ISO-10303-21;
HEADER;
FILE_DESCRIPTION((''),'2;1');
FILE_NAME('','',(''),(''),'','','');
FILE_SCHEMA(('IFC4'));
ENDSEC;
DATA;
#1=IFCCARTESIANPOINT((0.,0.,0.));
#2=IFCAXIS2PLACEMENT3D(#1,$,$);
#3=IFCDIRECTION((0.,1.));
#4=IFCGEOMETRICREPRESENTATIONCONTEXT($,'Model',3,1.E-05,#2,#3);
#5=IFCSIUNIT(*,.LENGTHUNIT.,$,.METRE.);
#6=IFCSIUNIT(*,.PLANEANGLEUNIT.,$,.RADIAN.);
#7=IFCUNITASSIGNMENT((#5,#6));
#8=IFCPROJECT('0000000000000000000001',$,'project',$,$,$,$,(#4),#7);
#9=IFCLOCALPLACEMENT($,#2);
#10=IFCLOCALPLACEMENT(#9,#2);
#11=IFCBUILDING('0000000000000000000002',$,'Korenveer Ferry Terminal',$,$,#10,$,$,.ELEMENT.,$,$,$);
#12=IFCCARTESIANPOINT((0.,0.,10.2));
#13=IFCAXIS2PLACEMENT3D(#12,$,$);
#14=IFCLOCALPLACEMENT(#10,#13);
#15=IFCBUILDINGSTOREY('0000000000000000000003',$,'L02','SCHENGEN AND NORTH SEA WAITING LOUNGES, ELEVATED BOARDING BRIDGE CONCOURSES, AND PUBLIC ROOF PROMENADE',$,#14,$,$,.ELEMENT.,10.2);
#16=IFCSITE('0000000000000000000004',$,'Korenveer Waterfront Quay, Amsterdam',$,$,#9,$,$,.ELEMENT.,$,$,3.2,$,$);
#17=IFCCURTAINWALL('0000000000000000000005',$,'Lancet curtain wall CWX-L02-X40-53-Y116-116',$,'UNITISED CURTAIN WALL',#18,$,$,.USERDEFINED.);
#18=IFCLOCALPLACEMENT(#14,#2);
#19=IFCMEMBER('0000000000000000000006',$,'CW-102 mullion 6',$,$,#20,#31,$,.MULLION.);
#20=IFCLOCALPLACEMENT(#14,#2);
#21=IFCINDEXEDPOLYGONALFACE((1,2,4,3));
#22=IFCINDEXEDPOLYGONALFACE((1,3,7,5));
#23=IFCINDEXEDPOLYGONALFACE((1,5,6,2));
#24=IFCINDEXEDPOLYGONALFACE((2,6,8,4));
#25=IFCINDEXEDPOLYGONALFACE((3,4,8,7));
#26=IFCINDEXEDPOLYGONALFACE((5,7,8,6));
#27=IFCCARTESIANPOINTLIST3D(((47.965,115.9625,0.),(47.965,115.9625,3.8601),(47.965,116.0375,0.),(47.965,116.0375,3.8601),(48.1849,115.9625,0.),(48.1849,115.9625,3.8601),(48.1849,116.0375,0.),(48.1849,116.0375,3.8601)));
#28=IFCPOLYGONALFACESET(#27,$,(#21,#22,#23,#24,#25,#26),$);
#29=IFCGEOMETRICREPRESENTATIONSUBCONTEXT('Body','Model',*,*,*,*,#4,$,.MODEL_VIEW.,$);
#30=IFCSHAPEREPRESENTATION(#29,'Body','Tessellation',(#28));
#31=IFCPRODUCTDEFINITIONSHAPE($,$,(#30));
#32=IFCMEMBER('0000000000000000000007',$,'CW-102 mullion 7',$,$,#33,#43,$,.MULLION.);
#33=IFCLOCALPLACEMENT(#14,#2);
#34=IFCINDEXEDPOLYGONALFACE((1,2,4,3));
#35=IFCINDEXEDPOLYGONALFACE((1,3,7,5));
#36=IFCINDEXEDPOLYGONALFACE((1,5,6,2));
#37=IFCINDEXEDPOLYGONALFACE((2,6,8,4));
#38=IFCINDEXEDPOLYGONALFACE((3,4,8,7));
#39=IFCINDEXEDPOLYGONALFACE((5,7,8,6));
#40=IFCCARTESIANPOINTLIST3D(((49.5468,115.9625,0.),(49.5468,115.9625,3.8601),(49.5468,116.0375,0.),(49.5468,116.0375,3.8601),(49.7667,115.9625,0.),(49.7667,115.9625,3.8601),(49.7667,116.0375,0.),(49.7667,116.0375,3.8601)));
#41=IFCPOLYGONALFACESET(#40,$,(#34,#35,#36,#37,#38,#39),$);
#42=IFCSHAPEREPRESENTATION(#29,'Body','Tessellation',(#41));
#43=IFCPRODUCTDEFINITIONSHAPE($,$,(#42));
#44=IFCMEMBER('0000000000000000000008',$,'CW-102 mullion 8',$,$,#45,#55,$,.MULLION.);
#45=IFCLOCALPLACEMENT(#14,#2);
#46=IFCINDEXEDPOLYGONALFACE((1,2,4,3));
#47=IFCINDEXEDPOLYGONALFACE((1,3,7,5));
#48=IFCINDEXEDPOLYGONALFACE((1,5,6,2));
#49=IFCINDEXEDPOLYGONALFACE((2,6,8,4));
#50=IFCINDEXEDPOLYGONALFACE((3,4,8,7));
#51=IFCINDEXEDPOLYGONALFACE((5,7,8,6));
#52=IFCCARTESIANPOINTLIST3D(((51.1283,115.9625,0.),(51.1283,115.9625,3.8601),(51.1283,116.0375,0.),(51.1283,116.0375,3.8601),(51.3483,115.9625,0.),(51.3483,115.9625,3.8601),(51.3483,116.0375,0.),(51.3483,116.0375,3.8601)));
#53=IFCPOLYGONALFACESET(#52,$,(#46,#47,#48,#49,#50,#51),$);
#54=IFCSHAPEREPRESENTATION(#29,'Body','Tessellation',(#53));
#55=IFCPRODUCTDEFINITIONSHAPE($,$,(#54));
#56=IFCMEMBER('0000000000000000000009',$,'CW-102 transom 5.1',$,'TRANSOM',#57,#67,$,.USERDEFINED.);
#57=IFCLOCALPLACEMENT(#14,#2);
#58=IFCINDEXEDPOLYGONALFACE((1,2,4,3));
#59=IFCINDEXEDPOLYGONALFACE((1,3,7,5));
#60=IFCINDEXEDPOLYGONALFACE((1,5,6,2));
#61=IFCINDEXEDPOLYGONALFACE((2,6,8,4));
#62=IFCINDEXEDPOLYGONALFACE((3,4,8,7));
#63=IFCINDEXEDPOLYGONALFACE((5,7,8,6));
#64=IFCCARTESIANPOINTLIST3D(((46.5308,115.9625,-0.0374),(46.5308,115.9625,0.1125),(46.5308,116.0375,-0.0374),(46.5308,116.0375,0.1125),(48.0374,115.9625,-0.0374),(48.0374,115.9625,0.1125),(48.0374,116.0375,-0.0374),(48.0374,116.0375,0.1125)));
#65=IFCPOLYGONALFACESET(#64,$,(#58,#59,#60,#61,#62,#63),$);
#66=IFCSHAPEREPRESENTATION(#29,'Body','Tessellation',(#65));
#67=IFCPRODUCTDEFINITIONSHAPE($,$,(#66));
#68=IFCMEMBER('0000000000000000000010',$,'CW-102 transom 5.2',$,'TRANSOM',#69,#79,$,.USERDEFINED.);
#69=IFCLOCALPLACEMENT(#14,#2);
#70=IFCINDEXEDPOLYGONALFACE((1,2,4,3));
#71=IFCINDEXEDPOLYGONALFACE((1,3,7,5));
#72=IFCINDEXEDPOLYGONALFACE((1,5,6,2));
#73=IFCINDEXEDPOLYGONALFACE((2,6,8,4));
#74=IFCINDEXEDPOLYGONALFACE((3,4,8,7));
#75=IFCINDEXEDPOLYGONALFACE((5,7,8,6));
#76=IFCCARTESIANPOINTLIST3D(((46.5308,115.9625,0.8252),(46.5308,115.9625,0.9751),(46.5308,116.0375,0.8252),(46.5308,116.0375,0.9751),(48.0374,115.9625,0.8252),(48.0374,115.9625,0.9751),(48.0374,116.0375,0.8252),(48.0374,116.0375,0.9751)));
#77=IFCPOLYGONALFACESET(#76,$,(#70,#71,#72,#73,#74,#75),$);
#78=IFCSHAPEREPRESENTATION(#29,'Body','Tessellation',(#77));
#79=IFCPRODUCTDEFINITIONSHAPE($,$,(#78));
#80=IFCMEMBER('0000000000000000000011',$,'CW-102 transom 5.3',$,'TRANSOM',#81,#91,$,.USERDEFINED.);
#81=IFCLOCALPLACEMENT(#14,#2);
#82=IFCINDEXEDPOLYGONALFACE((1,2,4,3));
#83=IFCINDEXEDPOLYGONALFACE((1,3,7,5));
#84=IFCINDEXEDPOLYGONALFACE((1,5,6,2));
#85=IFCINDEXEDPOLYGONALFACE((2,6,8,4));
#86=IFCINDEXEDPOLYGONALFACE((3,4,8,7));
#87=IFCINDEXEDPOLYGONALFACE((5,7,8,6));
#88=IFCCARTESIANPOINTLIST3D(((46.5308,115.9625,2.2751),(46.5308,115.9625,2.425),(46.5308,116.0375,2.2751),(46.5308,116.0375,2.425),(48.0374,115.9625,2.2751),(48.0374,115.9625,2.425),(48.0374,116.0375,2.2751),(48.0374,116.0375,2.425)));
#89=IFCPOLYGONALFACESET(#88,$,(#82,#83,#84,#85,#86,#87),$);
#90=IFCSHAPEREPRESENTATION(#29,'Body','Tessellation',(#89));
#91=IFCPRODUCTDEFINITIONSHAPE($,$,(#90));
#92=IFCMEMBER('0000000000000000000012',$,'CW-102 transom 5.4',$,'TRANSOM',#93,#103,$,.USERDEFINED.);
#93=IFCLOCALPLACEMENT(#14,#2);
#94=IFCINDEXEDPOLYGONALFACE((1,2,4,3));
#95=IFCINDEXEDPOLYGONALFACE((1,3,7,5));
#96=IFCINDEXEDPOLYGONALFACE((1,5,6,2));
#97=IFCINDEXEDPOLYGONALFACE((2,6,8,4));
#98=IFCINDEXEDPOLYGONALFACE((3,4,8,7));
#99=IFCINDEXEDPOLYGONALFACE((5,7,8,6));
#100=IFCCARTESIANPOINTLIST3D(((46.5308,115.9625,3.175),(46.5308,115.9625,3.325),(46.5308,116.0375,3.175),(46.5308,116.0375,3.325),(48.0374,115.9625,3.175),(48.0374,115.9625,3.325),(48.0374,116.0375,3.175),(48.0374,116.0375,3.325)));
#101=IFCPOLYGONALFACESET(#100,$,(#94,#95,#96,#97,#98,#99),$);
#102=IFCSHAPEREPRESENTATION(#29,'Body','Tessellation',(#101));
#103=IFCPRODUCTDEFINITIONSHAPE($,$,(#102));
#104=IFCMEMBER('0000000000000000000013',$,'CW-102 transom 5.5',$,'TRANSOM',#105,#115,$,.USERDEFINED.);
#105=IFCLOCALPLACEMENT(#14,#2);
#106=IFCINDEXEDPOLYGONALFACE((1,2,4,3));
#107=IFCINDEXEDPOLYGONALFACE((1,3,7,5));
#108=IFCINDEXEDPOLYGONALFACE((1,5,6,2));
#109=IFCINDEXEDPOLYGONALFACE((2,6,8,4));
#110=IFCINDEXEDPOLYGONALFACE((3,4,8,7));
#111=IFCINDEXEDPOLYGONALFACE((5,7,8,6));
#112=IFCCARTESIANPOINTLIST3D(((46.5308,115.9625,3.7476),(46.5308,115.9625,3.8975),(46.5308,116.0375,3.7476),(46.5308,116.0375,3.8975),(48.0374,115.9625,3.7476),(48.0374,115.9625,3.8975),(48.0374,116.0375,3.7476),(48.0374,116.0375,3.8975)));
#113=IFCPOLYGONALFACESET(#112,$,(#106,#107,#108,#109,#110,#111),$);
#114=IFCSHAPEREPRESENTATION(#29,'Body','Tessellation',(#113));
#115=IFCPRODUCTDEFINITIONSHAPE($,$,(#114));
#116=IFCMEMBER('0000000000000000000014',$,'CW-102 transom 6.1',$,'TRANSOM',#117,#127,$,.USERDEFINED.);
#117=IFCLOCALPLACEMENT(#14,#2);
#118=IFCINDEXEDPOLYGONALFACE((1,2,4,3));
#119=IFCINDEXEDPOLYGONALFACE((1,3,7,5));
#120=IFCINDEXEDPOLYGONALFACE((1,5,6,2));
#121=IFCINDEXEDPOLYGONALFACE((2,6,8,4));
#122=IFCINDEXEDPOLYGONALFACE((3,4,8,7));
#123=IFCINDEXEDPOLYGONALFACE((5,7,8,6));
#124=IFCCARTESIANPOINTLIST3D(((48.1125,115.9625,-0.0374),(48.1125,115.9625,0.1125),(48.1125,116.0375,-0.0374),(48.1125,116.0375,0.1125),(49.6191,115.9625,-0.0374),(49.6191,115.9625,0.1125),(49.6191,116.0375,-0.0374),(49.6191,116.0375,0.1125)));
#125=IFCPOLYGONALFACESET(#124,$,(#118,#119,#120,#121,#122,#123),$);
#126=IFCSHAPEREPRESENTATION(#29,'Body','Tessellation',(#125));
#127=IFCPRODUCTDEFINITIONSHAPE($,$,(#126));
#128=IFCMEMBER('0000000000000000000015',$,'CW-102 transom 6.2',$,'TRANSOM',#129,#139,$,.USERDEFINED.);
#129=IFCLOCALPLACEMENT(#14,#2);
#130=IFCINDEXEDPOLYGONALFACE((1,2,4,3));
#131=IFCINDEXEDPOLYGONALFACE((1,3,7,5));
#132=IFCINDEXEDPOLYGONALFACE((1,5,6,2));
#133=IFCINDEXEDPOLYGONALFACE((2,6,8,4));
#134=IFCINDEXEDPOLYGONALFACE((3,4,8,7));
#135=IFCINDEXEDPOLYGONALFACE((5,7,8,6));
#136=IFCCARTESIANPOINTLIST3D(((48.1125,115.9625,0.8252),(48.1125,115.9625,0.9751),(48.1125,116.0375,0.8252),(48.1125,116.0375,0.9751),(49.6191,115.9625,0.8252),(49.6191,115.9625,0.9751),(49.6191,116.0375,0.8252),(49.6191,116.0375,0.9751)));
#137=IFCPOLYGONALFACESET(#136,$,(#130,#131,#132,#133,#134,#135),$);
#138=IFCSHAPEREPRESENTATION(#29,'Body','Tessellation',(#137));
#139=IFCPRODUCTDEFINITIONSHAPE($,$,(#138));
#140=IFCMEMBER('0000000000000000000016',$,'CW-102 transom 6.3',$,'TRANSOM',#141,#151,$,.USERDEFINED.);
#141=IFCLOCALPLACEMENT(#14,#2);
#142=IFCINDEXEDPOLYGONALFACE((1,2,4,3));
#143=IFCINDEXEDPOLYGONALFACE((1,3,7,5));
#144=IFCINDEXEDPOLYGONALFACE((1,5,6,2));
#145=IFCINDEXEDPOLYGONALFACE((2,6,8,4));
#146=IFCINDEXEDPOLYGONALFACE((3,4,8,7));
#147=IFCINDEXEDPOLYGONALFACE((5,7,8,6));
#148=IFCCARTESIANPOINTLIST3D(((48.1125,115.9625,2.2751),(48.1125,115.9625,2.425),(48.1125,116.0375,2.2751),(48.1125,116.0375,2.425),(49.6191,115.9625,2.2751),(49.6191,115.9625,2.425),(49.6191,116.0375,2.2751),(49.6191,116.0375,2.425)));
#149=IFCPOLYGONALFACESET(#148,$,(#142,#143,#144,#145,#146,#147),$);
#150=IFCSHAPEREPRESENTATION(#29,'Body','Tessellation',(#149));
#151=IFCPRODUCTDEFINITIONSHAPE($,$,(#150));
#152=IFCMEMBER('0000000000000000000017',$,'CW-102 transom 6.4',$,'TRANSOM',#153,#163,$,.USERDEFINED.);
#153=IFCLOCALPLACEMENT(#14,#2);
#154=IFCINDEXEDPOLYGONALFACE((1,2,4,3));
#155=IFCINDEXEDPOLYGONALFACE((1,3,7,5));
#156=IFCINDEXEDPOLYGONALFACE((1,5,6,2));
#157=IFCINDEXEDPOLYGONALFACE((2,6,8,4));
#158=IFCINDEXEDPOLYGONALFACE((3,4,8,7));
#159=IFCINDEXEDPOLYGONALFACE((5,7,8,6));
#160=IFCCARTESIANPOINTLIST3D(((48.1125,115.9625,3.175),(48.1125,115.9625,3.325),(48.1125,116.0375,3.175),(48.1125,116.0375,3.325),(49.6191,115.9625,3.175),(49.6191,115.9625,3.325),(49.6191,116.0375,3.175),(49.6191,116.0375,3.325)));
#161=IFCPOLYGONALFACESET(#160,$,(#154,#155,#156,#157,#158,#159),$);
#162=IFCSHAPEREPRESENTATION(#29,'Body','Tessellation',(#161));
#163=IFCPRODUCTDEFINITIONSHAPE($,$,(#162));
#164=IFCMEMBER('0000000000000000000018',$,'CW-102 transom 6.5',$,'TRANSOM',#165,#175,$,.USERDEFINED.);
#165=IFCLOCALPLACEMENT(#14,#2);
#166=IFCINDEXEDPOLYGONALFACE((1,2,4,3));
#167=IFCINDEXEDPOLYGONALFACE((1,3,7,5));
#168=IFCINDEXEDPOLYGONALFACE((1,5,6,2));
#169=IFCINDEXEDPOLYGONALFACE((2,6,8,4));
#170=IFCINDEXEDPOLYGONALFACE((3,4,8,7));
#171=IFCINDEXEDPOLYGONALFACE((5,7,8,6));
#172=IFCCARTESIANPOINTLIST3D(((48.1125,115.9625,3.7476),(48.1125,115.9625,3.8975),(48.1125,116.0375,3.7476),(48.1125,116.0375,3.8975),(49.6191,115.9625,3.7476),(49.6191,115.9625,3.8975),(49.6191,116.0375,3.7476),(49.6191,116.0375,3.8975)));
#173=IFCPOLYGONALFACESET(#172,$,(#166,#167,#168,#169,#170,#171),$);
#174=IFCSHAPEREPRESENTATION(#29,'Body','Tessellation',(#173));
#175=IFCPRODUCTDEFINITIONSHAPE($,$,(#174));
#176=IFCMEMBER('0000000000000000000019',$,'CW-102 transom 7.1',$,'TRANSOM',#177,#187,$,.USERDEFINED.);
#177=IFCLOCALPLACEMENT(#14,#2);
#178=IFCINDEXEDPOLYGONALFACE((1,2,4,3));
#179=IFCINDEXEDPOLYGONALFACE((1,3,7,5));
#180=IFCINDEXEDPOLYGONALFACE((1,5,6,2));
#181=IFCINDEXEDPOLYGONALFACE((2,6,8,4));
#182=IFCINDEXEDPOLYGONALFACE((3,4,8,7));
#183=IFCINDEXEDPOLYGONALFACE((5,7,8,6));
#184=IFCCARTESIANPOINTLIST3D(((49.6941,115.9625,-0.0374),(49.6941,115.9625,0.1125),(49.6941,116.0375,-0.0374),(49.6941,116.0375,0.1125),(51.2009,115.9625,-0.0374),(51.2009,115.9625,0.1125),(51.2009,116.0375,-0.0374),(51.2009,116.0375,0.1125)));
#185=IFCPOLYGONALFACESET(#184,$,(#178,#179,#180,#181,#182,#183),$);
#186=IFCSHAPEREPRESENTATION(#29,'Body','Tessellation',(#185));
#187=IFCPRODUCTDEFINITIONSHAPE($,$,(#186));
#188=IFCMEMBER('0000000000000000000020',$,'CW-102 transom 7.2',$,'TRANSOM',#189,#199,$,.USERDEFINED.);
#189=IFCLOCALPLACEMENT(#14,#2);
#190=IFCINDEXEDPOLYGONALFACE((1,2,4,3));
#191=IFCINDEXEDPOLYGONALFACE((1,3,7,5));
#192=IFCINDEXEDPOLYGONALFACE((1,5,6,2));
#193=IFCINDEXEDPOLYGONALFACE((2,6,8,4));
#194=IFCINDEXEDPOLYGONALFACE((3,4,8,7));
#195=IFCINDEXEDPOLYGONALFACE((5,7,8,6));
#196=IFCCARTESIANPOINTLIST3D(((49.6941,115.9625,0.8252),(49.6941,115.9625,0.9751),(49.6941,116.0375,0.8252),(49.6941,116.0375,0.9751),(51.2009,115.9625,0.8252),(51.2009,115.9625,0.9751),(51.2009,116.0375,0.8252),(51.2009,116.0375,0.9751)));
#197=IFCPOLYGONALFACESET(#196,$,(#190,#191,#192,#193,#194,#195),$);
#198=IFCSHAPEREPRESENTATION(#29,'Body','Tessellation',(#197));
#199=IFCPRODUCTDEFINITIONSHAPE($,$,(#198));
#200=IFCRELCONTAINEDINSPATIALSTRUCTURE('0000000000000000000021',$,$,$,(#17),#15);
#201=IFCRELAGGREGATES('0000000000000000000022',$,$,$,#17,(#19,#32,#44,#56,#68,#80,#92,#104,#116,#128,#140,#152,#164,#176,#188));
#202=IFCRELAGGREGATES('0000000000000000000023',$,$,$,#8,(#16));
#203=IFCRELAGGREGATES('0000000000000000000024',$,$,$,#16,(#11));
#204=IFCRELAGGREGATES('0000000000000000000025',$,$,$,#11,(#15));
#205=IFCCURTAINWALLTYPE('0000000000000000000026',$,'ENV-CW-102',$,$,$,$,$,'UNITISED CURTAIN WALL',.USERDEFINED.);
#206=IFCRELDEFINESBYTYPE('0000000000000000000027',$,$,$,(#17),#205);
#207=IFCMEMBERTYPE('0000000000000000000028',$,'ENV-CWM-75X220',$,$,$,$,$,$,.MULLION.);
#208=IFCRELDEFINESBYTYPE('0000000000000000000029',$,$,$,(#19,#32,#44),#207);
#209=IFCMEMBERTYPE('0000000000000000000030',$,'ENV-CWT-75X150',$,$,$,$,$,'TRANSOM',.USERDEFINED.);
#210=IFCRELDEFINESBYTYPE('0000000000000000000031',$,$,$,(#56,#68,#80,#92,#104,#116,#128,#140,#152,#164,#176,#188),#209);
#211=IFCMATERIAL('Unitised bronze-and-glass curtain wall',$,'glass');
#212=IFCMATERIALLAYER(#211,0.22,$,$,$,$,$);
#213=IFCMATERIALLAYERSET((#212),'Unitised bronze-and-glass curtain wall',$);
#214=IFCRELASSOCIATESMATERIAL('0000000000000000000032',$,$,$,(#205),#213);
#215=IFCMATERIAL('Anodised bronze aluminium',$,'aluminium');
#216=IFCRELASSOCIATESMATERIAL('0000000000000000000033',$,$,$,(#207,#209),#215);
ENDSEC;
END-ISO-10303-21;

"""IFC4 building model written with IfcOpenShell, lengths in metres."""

from ifc_helpers import new_model, si_unit, direction, frame, origin, origin_2d, place, context, subcontext, project, spatial, rectangle, extrude, material, layer, layer_set, material_profile, profile_set, type_object, element, aggregate, save


model = new_model("IFC4")

# Units and contexts
model_context = context("Model", 3, precision=1e-05, world=origin(), true_north=direction((0.0, 1.0)))
body_context = subcontext(model_context, "Body", "Model", "MODEL_VIEW")
ifc_project = project(units=[si_unit("LENGTHUNIT", "METRE"), si_unit("PLANEANGLEUNIT", "RADIAN")], contexts=[model_context])

# Site, building, storey
site_placement = place(None, origin())
site = spatial("IfcSite", under=ifc_project, at=site_placement, Name="Korenveer Waterfront Quay, Amsterdam", CompositionType="ELEMENT", RefElevation=3.2)
building_placement = place(site_placement, origin())
building = spatial("IfcBuilding", under=site, at=building_placement, Name="Korenveer Ferry Terminal", CompositionType="ELEMENT")
storey_placement = place(building_placement, frame((0.0, 0.0, 10.2)))
storey = spatial("IfcBuildingStorey", under=building, at=storey_placement, Name="L02", Description="SCHENGEN AND NORTH SEA WAITING LOUNGES, ELEVATED BOARDING BRIDGE CONCOURSES, AND PUBLIC ROOF PROMENADE", CompositionType="ELEMENT", Elevation=10.2)

# Curtain wall, members
ifc_material_1 = material(Name="Unitised bronze-and-glass curtain wall", Category="glass")
ifc_layer_1 = layer(ifc_material_1, 0.22)
ifc_layer_set_1 = layer_set([ifc_layer_1], Name="Unitised bronze-and-glass curtain wall")
curtain_wall_type = type_object("IfcCurtainWallType", Name="ENV-CW-102", ElementType="UNITISED CURTAIN WALL", PredefinedType="USERDEFINED", material=ifc_layer_set_1)
curtain_wall_placement = place(storey_placement, frame((40.1665, 116.0, 0.0)))
curtain_wall = element("IfcCurtainWall", 1, at=curtain_wall_placement, inside=storey, type_object=curtain_wall_type, Name="Lancet curtain wall CWX-L02-X40-53-Y116-116", ObjectType="UNITISED CURTAIN WALL", PredefinedType="USERDEFINED")
ifc_material_2 = material(Name="Anodised bronze aluminium", Category="aluminium")
ifc_material_profile_1 = material_profile(ifc_material_2, rectangle(XDim=0.075, YDim=0.22, at=origin_2d()), Name="ALU 75x220")
ifc_profile_set_1 = profile_set([ifc_material_profile_1], Name="Anodised bronze aluminium")
member_type_1 = type_object("IfcMemberType", Name="ENV-CWM-75X220", PredefinedType="MULLION", material=ifc_profile_set_1)
member_1_placement = place(storey_placement, frame((48.075, 116.0, 0.0), z_axis=(0.0, 0.0, 1.0), x_axis=(0.0, 1.0, 0.0)))
member_1 = element("IfcMember", 2, at=member_1_placement, type_object=member_type_1, Name="CW-102 mullion 6", PredefinedType="MULLION", context=body_context, shape_type="SweptSolid", body=[
    extrude(rectangle(XDim=0.075, YDim=0.22, at=origin_2d()), origin(), (0.0, 0.0, 1.0), 3.8601),
])
member_2_placement = place(storey_placement, frame((49.6567, 116.0, 0.0), z_axis=(0.0, 0.0, 1.0), x_axis=(0.0, 1.0, 0.0)))
member_2 = element("IfcMember", 3, at=member_2_placement, type_object=member_type_1, Name="CW-102 mullion 7", PredefinedType="MULLION", context=body_context, shape_type="SweptSolid", body=[
    extrude(rectangle(XDim=0.075, YDim=0.22, at=origin_2d()), origin(), (0.0, 0.0, 1.0), 3.8601),
])
member_3_placement = place(storey_placement, frame((51.2383, 116.0, 0.0), z_axis=(0.0, 0.0, 1.0), x_axis=(0.0, 1.0, 0.0)))
member_3 = element("IfcMember", 4, at=member_3_placement, type_object=member_type_1, Name="CW-102 mullion 8", PredefinedType="MULLION", context=body_context, shape_type="SweptSolid", body=[
    extrude(rectangle(XDim=0.075, YDim=0.22, at=origin_2d()), origin(), (0.0, 0.0, 1.0), 3.8601),
])
ifc_material_profile_2 = material_profile(ifc_material_2, rectangle(XDim=0.075, YDim=0.1499, at=origin_2d()), Name="ALU 75x150")
ifc_profile_set_2 = profile_set([ifc_material_profile_2], Name="Anodised bronze aluminium")
member_type_2 = type_object("IfcMemberType", Name="ENV-CWT-75X150", ElementType="TRANSOM", PredefinedType="USERDEFINED", material=ifc_profile_set_2)
member_4_placement = place(storey_placement, frame((46.5308, 116.0, 0.0376), z_axis=(1.0, 0.0, 0.0), x_axis=(0.0, 1.0, 0.0)))
member_4 = element("IfcMember", 5, at=member_4_placement, type_object=member_type_2, Name="CW-102 transom 5.1", ObjectType="TRANSOM", PredefinedType="USERDEFINED", context=body_context, shape_type="SweptSolid", body=[
    extrude(rectangle(XDim=0.075, YDim=0.1499, at=origin_2d()), origin(), (0.0, 0.0, 1.0), 1.5066),
])
member_5_placement = place(storey_placement, frame((46.5308, 116.0, 0.9001), z_axis=(1.0, 0.0, 0.0), x_axis=(0.0, 1.0, 0.0)))
member_5 = element("IfcMember", 6, at=member_5_placement, type_object=member_type_2, Name="CW-102 transom 5.2", ObjectType="TRANSOM", PredefinedType="USERDEFINED", context=body_context, shape_type="SweptSolid", body=[
    extrude(rectangle(XDim=0.075, YDim=0.1499, at=origin_2d()), origin(), (0.0, 0.0, 1.0), 1.5066),
])
member_6_placement = place(storey_placement, frame((46.5308, 116.0, 2.3501), z_axis=(1.0, 0.0, 0.0), x_axis=(0.0, 1.0, 0.0)))
member_6 = element("IfcMember", 7, at=member_6_placement, type_object=member_type_2, Name="CW-102 transom 5.3", ObjectType="TRANSOM", PredefinedType="USERDEFINED", context=body_context, shape_type="SweptSolid", body=[
    extrude(rectangle(XDim=0.075, YDim=0.1499, at=origin_2d()), origin(), (0.0, 0.0, 1.0), 1.5066),
])
member_7_placement = place(storey_placement, frame((46.5308, 116.0, 3.25), z_axis=(1.0, 0.0, 0.0), x_axis=(0.0, 1.0, 0.0)))
member_7 = element("IfcMember", 8, at=member_7_placement, type_object=member_type_2, Name="CW-102 transom 5.4", ObjectType="TRANSOM", PredefinedType="USERDEFINED", context=body_context, shape_type="SweptSolid", body=[
    extrude(rectangle(XDim=0.075, YDim=0.1499, at=origin_2d()), origin(), (0.0, 0.0, 1.0), 1.5066),
])
member_8_placement = place(storey_placement, frame((46.5308, 116.0, 3.8225), z_axis=(1.0, 0.0, 0.0), x_axis=(0.0, 1.0, 0.0)))
member_8 = element("IfcMember", 9, at=member_8_placement, type_object=member_type_2, Name="CW-102 transom 5.5", ObjectType="TRANSOM", PredefinedType="USERDEFINED", context=body_context, shape_type="SweptSolid", body=[
    extrude(rectangle(XDim=0.075, YDim=0.1499, at=origin_2d()), origin(), (0.0, 0.0, 1.0), 1.5066),
])
member_9_placement = place(storey_placement, frame((48.1125, 116.0, 0.0376), z_axis=(1.0, 0.0, 0.0), x_axis=(0.0, 1.0, 0.0)))
member_9 = element("IfcMember", 10, at=member_9_placement, type_object=member_type_2, Name="CW-102 transom 6.1", ObjectType="TRANSOM", PredefinedType="USERDEFINED", context=body_context, shape_type="SweptSolid", body=[
    extrude(rectangle(XDim=0.075, YDim=0.1499, at=origin_2d()), origin(), (0.0, 0.0, 1.0), 1.5066),
])
member_10_placement = place(storey_placement, frame((48.1125, 116.0, 0.9001), z_axis=(1.0, 0.0, 0.0), x_axis=(0.0, 1.0, 0.0)))
member_10 = element("IfcMember", 11, at=member_10_placement, type_object=member_type_2, Name="CW-102 transom 6.2", ObjectType="TRANSOM", PredefinedType="USERDEFINED", context=body_context, shape_type="SweptSolid", body=[
    extrude(rectangle(XDim=0.075, YDim=0.1499, at=origin_2d()), origin(), (0.0, 0.0, 1.0), 1.5066),
])
member_11_placement = place(storey_placement, frame((48.1125, 116.0, 2.3501), z_axis=(1.0, 0.0, 0.0), x_axis=(0.0, 1.0, 0.0)))
member_11 = element("IfcMember", 12, at=member_11_placement, type_object=member_type_2, Name="CW-102 transom 6.3", ObjectType="TRANSOM", PredefinedType="USERDEFINED", context=body_context, shape_type="SweptSolid", body=[
    extrude(rectangle(XDim=0.075, YDim=0.1499, at=origin_2d()), origin(), (0.0, 0.0, 1.0), 1.5066),
])
member_12_placement = place(storey_placement, frame((48.1125, 116.0, 3.25), z_axis=(1.0, 0.0, 0.0), x_axis=(0.0, 1.0, 0.0)))
member_12 = element("IfcMember", 13, at=member_12_placement, type_object=member_type_2, Name="CW-102 transom 6.4", ObjectType="TRANSOM", PredefinedType="USERDEFINED", context=body_context, shape_type="SweptSolid", body=[
    extrude(rectangle(XDim=0.075, YDim=0.1499, at=origin_2d()), origin(), (0.0, 0.0, 1.0), 1.5066),
])
member_13_placement = place(storey_placement, frame((48.1125, 116.0, 3.8225), z_axis=(1.0, 0.0, 0.0), x_axis=(0.0, 1.0, 0.0)))
member_13 = element("IfcMember", 14, at=member_13_placement, type_object=member_type_2, Name="CW-102 transom 6.5", ObjectType="TRANSOM", PredefinedType="USERDEFINED", context=body_context, shape_type="SweptSolid", body=[
    extrude(rectangle(XDim=0.075, YDim=0.1499, at=origin_2d()), origin(), (0.0, 0.0, 1.0), 1.5066),
])
member_14_placement = place(storey_placement, frame((49.6941, 116.0, 0.0376), z_axis=(1.0, 0.0, 0.0), x_axis=(0.0, 1.0, 0.0)))
member_14 = element("IfcMember", 15, at=member_14_placement, type_object=member_type_2, Name="CW-102 transom 7.1", ObjectType="TRANSOM", PredefinedType="USERDEFINED", context=body_context, shape_type="SweptSolid", body=[
    extrude(rectangle(XDim=0.075, YDim=0.1499, at=origin_2d()), origin(), (0.0, 0.0, 1.0), 1.5068),
])
member_15_placement = place(storey_placement, frame((49.6941, 116.0, 0.9001), z_axis=(1.0, 0.0, 0.0), x_axis=(0.0, 1.0, 0.0)))
member_15 = element("IfcMember", 16, at=member_15_placement, type_object=member_type_2, Name="CW-102 transom 7.2", ObjectType="TRANSOM", PredefinedType="USERDEFINED", context=body_context, shape_type="SweptSolid", body=[
    extrude(rectangle(XDim=0.075, YDim=0.1499, at=origin_2d()), origin(), (0.0, 0.0, 1.0), 1.5068),
])
aggregate(curtain_wall, [member_1, member_2, member_3, member_4, member_5, member_6, member_7, member_8, member_9, member_10, member_11, member_12, member_13, member_14, member_15])

save(model, "model.ifc")
